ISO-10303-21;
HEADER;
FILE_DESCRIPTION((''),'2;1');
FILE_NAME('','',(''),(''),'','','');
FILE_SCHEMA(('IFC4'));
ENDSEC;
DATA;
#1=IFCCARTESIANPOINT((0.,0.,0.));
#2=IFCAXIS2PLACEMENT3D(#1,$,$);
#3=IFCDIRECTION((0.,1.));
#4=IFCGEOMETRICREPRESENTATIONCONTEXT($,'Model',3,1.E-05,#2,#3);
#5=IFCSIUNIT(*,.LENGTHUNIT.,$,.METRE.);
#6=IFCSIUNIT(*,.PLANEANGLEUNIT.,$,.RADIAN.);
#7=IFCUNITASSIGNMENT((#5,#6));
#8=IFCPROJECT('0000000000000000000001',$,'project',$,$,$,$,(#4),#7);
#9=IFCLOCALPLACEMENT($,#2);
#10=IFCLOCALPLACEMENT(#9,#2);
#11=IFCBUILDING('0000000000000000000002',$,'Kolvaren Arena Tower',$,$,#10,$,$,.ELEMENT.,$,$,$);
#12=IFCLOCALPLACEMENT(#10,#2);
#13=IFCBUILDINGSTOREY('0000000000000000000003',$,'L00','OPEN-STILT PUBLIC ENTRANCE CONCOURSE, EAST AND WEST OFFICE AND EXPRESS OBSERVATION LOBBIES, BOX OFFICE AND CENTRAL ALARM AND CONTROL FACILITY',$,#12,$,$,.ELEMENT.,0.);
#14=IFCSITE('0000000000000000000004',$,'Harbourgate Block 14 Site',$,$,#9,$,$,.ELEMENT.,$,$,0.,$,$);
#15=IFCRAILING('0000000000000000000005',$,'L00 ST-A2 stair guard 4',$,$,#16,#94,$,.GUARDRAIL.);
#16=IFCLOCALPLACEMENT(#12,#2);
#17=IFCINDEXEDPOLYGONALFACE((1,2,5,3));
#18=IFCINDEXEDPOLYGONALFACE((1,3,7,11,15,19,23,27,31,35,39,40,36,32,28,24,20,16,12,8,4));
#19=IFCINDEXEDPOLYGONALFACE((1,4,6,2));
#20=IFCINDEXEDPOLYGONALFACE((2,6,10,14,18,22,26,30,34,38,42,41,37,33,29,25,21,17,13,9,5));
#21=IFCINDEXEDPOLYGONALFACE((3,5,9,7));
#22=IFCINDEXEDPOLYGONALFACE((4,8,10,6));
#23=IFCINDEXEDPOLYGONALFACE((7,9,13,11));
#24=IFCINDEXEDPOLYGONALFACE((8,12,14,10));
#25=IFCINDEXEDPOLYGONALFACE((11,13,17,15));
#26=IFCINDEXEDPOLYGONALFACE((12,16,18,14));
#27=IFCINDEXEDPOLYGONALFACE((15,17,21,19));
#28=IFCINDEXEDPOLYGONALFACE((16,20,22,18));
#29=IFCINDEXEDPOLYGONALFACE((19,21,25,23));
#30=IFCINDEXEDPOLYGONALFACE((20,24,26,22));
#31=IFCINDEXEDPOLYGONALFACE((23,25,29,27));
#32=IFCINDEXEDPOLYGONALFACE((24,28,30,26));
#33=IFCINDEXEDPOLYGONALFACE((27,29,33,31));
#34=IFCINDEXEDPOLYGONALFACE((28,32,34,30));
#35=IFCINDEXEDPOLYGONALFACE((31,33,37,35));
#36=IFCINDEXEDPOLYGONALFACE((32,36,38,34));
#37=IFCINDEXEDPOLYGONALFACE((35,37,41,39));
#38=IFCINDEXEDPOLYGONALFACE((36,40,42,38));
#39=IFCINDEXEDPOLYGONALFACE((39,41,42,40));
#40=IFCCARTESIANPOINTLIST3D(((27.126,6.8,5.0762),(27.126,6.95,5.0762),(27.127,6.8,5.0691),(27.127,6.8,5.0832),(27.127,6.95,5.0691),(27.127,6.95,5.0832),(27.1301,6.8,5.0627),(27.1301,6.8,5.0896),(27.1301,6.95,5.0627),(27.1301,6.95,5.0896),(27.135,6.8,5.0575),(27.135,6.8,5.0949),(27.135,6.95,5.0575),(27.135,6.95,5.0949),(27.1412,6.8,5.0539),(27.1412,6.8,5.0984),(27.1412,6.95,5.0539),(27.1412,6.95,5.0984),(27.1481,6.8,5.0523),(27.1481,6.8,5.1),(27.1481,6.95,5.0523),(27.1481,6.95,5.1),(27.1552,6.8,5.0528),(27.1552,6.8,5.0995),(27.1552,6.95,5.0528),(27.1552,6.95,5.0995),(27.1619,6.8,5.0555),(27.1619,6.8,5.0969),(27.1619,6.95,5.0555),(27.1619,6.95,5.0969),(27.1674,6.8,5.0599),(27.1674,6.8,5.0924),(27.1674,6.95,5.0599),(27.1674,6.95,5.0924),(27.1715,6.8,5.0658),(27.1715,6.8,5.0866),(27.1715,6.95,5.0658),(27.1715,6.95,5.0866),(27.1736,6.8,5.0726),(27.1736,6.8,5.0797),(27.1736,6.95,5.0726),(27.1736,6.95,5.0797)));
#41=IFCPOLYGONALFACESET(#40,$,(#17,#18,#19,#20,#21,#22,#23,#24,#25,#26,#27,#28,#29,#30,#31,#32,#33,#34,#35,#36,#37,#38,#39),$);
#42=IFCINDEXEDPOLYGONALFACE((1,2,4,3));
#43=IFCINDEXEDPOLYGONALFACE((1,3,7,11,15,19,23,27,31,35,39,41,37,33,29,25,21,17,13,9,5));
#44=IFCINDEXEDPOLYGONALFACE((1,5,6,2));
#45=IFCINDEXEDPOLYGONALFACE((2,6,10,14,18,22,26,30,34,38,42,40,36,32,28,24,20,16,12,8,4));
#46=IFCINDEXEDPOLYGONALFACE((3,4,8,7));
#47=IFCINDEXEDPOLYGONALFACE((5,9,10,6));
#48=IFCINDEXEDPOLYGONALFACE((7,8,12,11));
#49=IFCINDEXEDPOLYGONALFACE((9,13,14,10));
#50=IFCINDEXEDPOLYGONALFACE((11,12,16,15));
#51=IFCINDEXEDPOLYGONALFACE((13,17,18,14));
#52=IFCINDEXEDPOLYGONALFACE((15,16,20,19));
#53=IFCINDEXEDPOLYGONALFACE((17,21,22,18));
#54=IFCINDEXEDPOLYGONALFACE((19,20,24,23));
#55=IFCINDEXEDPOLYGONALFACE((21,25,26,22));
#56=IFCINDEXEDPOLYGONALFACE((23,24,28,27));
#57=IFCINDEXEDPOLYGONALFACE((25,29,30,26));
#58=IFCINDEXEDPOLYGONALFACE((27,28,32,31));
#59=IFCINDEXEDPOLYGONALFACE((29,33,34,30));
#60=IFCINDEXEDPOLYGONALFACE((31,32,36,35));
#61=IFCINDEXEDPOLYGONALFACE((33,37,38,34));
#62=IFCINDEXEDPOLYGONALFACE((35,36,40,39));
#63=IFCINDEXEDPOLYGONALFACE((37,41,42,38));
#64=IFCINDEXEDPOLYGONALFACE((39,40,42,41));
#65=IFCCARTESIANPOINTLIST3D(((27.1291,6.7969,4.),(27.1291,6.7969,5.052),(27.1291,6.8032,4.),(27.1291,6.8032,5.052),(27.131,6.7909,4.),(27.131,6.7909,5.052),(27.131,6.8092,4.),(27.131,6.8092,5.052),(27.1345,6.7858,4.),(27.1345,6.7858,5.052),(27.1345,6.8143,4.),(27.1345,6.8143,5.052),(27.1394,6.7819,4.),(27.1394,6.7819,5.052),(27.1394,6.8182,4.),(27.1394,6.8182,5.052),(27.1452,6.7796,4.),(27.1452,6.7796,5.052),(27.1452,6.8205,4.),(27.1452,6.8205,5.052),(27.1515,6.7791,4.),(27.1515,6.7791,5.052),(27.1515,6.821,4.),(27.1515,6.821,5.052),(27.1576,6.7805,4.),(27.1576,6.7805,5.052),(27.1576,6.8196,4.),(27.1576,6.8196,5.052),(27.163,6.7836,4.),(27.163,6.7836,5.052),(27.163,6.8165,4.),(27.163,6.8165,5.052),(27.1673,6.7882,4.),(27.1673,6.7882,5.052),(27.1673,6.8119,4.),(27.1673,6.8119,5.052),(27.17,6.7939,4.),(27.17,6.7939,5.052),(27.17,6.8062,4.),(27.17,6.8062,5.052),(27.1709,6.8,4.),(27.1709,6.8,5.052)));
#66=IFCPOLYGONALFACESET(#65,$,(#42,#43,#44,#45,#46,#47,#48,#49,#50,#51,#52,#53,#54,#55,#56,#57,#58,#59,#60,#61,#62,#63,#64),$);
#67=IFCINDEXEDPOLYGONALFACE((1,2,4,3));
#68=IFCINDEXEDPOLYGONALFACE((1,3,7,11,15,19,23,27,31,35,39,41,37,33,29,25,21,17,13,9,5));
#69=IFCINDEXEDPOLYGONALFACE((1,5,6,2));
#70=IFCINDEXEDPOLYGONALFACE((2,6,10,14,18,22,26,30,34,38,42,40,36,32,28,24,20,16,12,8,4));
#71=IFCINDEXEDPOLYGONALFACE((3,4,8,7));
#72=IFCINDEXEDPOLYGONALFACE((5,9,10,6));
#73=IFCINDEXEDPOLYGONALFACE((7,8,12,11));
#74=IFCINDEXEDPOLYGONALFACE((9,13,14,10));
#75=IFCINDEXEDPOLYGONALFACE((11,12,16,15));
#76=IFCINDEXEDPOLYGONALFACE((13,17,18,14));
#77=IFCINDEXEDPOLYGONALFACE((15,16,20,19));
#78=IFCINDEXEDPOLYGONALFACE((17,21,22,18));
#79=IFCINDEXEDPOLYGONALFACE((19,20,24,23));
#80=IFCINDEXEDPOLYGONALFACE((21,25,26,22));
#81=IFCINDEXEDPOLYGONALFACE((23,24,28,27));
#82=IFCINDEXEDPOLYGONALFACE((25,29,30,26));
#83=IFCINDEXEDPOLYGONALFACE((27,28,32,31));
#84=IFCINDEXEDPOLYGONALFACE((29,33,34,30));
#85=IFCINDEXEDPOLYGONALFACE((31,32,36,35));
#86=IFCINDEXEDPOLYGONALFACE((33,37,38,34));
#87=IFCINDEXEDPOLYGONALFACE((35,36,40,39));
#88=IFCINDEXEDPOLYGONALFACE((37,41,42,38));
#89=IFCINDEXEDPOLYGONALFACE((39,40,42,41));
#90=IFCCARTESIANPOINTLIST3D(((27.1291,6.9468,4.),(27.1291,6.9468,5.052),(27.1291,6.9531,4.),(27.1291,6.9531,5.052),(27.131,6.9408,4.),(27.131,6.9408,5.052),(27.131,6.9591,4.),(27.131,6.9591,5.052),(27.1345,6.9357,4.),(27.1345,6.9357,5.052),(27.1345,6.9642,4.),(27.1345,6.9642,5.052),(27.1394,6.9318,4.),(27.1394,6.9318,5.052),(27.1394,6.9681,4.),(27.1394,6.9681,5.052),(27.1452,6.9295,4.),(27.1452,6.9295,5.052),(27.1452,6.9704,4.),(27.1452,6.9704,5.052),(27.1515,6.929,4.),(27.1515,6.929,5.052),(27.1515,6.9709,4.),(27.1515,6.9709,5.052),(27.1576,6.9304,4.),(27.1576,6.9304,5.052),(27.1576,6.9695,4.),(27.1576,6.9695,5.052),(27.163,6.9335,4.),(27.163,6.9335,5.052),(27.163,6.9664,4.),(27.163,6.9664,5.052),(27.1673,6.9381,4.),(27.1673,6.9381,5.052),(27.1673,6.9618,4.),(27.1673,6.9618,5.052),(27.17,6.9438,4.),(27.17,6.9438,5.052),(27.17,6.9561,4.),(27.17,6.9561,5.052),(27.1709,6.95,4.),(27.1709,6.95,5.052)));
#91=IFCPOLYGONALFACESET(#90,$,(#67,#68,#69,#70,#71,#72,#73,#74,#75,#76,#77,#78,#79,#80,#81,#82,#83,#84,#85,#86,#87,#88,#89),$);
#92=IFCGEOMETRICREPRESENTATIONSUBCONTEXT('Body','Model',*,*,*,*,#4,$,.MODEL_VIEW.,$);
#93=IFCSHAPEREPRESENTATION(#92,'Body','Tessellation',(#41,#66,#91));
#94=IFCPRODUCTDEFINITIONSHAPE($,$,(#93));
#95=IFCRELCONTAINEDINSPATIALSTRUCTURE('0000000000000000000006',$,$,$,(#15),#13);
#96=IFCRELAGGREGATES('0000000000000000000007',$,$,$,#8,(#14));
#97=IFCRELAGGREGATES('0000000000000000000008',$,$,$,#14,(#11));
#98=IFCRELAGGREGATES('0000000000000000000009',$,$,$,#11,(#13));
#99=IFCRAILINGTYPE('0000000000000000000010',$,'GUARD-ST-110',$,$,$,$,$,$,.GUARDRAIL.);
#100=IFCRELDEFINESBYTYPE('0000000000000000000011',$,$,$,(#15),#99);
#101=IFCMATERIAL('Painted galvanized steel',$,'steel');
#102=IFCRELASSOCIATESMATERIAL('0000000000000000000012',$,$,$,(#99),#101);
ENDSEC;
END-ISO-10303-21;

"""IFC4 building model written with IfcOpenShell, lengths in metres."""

from ifc_helpers import new_model, si_unit, direction, frame, origin, origin_2d, place, context, subcontext, project, spatial, circle, extrude, material, type_object, element, save


model = new_model("IFC4")

# Units and contexts
model_context = context("Model", 3, precision=1e-05, world=origin(), true_north=direction((0.0, 1.0)))
body_context = subcontext(model_context, "Body", "Model", "MODEL_VIEW")
ifc_project = project(units=[si_unit("LENGTHUNIT", "METRE"), si_unit("PLANEANGLEUNIT", "RADIAN")], contexts=[model_context])

# Site, building, storey
site_placement = place(None, origin())
site = spatial("IfcSite", under=ifc_project, at=site_placement, Name="Harbourgate Block 14 Site", CompositionType="ELEMENT", RefElevation=0.0)
building_placement = place(site_placement, origin())
building = spatial("IfcBuilding", under=site, at=building_placement, Name="Kolvaren Arena Tower", CompositionType="ELEMENT")
storey_placement = place(building_placement, origin())
storey = spatial("IfcBuildingStorey", under=building, at=storey_placement, Name="L00", Description="OPEN-STILT PUBLIC ENTRANCE CONCOURSE, EAST AND WEST OFFICE AND EXPRESS OBSERVATION LOBBIES, BOX OFFICE AND CENTRAL ALARM AND CONTROL FACILITY", CompositionType="ELEMENT", Elevation=0.0)

# Railing
ifc_material_1 = material(Name="Painted galvanized steel", Category="steel")
railing_type_1 = type_object("IfcRailingType", Name="GUARD-ST-110", PredefinedType="GUARDRAIL", material=ifc_material_1)
railing_1_placement = place(storey_placement, frame((27.1499, 6.8, 4.0)))
element("IfcRailing", 1, at=railing_1_placement, inside=storey, type_object=railing_type_1, Name="L00 ST-A2 stair guard 4", PredefinedType="GUARDRAIL", context=body_context, shape_type="SweptSolid", body=[
    extrude(circle(Radius=0.0239, at=origin_2d()), frame((0.0, 0.0, 1.0762), z_axis=(0.0, 1.0, 0.0), x_axis=(-1.0, 0.0, 0.0)), (0.0, 0.0, 1.0), 0.1499),
    extrude(circle(Radius=0.021, at=origin_2d()), origin(), (0.0, 0.0, 1.0), 1.052),
    extrude(circle(Radius=0.021, at=origin_2d()), frame((0.0, 0.1499, 0.0)), (0.0, 0.0, 1.0), 1.052),
])

save(model, "model.ifc")
